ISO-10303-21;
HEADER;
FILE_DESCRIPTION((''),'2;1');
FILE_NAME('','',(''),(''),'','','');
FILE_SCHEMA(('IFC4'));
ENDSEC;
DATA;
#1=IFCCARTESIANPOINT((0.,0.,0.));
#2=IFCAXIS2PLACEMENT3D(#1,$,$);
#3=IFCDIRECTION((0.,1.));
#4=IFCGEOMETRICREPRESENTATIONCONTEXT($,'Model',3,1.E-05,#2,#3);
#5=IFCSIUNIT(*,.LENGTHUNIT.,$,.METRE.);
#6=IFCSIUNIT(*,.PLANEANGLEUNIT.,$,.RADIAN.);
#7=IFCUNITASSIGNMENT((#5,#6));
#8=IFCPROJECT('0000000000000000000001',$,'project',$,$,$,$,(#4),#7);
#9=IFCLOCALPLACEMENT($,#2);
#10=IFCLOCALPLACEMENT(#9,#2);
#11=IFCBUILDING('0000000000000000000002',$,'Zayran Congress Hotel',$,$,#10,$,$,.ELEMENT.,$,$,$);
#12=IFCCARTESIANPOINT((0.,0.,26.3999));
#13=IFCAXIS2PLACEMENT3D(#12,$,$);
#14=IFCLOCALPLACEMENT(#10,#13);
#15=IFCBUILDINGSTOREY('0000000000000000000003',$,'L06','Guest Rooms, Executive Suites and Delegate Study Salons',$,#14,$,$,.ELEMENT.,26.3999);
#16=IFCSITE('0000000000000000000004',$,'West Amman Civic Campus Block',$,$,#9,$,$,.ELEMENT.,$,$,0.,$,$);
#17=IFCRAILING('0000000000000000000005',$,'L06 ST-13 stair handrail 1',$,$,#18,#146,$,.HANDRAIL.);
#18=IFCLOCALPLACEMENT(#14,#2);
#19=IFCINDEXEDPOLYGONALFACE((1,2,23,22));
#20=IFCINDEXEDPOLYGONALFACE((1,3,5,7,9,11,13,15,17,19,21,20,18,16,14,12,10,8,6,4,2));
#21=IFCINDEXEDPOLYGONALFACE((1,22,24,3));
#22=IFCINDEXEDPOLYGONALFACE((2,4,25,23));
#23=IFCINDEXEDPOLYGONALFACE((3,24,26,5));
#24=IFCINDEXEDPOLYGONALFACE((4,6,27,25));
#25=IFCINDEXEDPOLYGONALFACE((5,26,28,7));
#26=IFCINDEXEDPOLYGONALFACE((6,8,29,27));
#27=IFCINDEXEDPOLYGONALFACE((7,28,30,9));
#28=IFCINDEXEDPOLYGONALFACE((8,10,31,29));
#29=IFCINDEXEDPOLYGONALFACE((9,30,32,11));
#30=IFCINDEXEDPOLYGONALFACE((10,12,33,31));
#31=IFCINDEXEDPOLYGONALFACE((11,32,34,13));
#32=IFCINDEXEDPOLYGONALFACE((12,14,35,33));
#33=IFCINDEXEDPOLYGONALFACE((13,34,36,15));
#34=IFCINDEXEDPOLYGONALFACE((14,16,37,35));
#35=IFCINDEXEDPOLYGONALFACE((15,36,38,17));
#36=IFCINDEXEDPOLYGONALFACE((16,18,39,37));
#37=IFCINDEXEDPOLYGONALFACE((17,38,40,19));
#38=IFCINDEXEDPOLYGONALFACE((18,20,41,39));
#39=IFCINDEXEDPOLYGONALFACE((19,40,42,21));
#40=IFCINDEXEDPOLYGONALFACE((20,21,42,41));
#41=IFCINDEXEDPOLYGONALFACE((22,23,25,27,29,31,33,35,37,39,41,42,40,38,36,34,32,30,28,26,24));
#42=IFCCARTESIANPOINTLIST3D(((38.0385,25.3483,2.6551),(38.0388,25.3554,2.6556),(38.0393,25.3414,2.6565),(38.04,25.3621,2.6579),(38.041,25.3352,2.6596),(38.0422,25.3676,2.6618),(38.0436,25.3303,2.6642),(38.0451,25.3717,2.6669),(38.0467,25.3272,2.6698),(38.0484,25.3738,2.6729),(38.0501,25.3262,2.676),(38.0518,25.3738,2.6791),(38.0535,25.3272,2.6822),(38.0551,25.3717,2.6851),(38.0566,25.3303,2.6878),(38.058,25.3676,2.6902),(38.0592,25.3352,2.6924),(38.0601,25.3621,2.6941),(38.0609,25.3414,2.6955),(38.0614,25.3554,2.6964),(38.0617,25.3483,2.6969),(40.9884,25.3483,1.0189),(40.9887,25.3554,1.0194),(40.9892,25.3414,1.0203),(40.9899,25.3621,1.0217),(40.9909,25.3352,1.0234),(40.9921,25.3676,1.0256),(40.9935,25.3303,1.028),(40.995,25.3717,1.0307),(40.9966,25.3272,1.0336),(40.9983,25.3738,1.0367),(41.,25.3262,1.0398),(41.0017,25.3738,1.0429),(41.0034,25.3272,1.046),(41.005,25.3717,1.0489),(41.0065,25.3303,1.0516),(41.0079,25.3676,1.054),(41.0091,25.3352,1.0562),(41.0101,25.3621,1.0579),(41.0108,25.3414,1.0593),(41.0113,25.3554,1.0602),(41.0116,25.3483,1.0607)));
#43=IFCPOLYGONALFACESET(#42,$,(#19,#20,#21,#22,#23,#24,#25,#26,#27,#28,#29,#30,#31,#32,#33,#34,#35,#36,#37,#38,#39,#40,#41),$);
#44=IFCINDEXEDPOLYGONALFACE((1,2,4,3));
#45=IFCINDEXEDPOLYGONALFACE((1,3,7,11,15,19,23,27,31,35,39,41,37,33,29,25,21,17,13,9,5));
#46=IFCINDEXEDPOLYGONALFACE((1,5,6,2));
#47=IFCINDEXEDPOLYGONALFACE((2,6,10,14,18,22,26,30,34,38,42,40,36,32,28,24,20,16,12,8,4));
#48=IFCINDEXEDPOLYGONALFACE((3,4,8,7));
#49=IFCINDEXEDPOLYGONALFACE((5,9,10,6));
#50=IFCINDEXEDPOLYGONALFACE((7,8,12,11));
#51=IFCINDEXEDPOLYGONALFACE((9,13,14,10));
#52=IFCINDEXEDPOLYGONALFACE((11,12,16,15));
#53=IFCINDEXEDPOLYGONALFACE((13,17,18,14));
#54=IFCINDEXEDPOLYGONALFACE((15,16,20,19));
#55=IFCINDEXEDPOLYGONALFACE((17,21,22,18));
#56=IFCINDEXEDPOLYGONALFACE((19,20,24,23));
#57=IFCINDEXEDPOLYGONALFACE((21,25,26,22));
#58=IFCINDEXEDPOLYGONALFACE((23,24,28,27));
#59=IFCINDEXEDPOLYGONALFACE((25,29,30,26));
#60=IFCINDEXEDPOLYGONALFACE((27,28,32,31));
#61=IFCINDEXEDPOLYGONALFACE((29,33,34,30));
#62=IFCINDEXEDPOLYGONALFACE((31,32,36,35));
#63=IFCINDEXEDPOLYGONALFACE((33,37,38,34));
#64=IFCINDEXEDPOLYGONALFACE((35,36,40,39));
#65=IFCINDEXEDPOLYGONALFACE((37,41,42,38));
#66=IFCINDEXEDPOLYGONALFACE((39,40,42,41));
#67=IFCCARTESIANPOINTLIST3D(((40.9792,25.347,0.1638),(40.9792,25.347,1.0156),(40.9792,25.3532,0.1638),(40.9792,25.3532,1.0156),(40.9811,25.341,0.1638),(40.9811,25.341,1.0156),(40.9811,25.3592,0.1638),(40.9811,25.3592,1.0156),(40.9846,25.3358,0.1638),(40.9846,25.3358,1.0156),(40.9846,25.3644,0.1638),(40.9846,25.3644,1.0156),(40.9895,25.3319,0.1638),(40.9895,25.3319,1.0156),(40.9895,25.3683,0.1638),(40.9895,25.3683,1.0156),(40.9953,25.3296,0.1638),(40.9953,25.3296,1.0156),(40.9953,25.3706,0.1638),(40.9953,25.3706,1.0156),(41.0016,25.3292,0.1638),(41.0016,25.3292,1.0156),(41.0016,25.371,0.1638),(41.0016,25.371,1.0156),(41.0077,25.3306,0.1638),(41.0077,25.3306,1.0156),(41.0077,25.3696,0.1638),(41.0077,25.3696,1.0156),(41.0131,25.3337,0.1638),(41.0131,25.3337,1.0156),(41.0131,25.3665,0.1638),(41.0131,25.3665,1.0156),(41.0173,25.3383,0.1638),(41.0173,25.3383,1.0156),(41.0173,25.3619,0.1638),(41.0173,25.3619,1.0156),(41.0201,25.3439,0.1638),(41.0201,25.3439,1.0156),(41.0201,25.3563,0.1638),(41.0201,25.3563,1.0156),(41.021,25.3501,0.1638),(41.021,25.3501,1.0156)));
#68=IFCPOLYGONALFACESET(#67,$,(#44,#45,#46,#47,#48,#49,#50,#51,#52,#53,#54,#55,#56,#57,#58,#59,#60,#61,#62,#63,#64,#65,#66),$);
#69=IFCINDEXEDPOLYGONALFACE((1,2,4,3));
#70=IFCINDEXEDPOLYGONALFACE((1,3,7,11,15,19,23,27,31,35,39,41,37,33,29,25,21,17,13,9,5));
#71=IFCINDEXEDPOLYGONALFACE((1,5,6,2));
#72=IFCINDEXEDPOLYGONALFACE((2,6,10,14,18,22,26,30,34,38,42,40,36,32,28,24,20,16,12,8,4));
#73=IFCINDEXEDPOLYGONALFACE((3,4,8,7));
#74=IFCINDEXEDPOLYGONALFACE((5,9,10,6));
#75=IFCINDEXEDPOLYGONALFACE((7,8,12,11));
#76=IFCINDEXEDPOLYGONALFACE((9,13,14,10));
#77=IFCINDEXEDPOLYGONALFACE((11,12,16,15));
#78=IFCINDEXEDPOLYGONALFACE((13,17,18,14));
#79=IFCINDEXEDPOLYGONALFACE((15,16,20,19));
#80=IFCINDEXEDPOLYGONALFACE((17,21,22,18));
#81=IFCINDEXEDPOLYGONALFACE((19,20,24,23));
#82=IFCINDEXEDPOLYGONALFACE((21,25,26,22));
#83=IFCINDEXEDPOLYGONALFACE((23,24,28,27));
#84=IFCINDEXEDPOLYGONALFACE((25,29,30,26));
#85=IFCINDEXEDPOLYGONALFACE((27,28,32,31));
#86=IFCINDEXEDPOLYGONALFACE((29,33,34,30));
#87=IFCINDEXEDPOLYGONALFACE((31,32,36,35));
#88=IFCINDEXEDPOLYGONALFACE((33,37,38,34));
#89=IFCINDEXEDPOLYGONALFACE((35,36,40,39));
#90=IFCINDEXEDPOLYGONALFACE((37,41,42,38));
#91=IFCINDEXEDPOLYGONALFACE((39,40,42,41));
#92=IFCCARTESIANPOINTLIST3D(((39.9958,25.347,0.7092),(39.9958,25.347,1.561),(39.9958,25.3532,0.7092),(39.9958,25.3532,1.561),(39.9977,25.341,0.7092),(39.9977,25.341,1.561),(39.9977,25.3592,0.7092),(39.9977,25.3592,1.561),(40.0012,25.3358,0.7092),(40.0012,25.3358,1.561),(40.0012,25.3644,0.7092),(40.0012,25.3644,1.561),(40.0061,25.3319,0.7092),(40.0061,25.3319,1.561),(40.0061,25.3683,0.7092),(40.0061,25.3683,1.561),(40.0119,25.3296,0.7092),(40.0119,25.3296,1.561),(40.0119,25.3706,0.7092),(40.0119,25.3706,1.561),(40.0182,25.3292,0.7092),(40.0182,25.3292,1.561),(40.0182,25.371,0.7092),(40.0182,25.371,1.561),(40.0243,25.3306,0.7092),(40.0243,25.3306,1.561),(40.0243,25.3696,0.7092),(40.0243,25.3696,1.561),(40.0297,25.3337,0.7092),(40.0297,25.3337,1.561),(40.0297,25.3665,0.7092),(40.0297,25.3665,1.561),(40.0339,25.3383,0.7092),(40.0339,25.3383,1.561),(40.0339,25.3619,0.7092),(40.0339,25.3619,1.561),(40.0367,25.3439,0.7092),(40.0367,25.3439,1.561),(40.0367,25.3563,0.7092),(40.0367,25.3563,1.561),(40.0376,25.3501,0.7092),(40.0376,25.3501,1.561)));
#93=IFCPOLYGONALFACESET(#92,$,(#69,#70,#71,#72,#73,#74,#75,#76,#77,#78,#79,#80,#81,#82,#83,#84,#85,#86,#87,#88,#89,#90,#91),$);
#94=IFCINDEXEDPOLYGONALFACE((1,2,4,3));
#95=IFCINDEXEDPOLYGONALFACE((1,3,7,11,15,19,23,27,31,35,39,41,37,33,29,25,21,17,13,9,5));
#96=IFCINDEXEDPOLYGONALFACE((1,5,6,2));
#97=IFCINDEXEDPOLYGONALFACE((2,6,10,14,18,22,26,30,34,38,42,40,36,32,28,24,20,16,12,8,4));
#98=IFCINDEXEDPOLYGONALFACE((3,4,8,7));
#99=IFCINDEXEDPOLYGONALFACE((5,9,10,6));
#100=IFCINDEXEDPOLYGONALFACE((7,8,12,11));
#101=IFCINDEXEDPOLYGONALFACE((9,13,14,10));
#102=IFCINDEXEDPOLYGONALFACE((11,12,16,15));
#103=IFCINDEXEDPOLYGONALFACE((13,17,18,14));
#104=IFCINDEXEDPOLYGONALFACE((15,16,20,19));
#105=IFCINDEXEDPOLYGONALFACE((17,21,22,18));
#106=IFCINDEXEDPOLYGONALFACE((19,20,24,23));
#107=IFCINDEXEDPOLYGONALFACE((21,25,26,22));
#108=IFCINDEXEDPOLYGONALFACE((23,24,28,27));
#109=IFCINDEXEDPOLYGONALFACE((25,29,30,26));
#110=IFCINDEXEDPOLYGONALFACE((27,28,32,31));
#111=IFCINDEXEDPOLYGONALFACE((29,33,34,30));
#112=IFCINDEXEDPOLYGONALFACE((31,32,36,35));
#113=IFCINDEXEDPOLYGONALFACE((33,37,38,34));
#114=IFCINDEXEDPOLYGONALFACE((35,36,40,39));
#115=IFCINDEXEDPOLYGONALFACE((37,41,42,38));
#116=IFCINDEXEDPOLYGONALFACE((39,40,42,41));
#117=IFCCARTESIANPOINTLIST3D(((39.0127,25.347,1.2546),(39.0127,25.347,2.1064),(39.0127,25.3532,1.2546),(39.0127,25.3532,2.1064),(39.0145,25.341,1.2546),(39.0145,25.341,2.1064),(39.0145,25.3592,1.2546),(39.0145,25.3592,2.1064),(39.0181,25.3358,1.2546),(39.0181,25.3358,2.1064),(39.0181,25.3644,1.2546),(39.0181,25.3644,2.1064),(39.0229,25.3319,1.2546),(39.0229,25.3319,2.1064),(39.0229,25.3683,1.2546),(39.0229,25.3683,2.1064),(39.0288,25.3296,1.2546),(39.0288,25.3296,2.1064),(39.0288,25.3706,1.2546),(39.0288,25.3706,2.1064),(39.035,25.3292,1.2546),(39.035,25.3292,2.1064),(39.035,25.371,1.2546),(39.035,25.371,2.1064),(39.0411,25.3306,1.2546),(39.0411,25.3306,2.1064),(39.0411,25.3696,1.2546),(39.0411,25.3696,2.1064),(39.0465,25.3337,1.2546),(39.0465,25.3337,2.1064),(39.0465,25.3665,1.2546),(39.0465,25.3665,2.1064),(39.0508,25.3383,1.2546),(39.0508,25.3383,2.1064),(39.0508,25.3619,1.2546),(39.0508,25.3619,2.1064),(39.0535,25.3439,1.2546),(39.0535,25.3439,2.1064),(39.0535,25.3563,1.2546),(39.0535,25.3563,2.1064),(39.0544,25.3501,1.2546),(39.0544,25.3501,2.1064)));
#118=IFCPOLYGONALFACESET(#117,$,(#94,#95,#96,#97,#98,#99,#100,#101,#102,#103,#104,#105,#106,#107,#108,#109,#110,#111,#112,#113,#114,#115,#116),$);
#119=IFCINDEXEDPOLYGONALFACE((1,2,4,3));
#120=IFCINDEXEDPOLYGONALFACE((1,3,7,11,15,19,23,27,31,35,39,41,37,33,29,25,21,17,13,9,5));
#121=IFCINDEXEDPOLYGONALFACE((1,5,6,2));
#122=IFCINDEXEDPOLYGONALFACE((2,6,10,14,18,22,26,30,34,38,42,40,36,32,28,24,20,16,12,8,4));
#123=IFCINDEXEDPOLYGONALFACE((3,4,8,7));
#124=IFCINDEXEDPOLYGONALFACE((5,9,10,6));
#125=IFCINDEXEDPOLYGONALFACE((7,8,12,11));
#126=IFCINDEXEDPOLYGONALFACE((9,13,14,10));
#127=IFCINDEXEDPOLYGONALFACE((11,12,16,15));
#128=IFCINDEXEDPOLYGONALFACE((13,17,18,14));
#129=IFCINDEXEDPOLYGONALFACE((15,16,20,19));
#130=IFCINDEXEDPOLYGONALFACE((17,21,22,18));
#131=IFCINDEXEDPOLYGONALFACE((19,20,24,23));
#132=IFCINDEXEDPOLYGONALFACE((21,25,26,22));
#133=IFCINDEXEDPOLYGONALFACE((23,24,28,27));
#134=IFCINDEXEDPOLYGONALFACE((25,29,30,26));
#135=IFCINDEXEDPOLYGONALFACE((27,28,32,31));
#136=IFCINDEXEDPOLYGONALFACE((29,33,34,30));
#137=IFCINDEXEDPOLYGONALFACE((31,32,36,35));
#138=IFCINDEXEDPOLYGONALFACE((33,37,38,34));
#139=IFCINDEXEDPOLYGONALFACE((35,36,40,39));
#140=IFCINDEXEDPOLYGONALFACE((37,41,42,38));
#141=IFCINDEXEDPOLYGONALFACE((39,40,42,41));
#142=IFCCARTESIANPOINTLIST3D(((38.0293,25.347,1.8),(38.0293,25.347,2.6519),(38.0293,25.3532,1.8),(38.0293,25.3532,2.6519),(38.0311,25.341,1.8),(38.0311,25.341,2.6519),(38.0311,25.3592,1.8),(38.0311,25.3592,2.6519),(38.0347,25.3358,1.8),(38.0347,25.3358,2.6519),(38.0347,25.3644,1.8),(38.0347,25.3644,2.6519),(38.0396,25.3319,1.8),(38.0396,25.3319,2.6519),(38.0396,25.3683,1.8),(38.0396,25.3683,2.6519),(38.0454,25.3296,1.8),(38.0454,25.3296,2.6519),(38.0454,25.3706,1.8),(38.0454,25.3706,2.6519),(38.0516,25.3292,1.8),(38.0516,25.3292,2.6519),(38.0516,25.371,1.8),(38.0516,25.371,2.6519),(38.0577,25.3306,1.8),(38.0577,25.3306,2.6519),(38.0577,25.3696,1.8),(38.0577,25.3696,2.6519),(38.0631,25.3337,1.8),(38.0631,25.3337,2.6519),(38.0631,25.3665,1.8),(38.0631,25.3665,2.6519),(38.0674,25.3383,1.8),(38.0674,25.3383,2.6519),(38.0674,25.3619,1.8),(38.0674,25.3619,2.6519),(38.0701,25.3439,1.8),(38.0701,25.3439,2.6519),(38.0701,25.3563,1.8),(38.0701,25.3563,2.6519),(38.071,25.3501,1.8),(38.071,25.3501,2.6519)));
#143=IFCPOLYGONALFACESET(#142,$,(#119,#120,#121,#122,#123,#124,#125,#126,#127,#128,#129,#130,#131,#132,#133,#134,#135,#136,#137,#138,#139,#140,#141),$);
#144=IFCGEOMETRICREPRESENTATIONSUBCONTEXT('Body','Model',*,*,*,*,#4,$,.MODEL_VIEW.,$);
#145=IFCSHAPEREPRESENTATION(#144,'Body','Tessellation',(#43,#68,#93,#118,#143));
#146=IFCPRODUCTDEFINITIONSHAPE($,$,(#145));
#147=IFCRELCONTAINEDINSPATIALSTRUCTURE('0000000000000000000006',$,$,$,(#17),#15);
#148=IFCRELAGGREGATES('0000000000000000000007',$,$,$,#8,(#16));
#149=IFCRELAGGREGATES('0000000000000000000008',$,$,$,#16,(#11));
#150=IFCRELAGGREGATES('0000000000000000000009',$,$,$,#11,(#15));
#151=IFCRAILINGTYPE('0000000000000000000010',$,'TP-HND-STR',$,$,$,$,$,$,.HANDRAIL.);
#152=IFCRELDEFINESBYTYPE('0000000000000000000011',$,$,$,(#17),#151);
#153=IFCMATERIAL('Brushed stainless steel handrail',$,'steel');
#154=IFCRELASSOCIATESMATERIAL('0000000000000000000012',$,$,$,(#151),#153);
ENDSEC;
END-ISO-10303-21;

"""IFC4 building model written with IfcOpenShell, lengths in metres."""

from ifc_helpers import new_model, si_unit, direction, frame, origin, origin_2d, place, context, subcontext, project, spatial, circle, extrude, material, type_object, element, save


model = new_model("IFC4")

# Units and contexts
model_context = context("Model", 3, precision=1e-05, world=origin(), true_north=direction((0.0, 1.0)))
body_context = subcontext(model_context, "Body", "Model", "MODEL_VIEW")
ifc_project = project(units=[si_unit("LENGTHUNIT", "METRE"), si_unit("PLANEANGLEUNIT", "RADIAN")], contexts=[model_context])

# Site, building, storey
site_placement = place(None, origin())
site = spatial("IfcSite", under=ifc_project, at=site_placement, Name="West Amman Civic Campus Block", CompositionType="ELEMENT", RefElevation=0.0)
building_placement = place(site_placement, origin())
building = spatial("IfcBuilding", under=site, at=building_placement, Name="Zayran Congress Hotel", CompositionType="ELEMENT")
storey_placement = place(building_placement, frame((0.0, 0.0, 26.3999)))
storey = spatial("IfcBuildingStorey", under=building, at=storey_placement, Name="L06", Description="Guest Rooms, Executive Suites and Delegate Study Salons", CompositionType="ELEMENT", Elevation=26.3999)

# Railing
ifc_material_1 = material(Name="Brushed stainless steel handrail", Category="steel")
railing_type_1 = type_object("IfcRailingType", Name="TP-HND-STR", PredefinedType="HANDRAIL", material=ifc_material_1)
railing_1_placement = place(storey_placement, frame((41.0, 25.3501, 0.1638)))
element("IfcRailing", 1, at=railing_1_placement, inside=storey, type_object=railing_type_1, Name="L06 ST-13 stair handrail 1", PredefinedType="HANDRAIL", context=body_context, shape_type="SweptSolid", body=[
    extrude(circle(Radius=0.0239, at=origin_2d()), frame((0.0, 0.0, 0.876), z_axis=(-0.874488, 0.0, 0.485047), x_axis=(0.0, -1.0, 0.0)), (0.0, 0.0, 1.0), 3.3733),
    extrude(circle(Radius=0.021, at=origin_2d()), origin(), (0.0, 0.0, 1.0), 0.8518),
    extrude(circle(Radius=0.021, at=origin_2d()), frame((-0.9834, 0.0, 0.5454)), (0.0, 0.0, 1.0), 0.8518),
    extrude(circle(Radius=0.021, at=origin_2d()), frame((-1.9666, 0.0, 1.0908)), (0.0, 0.0, 1.0), 0.8518),
    extrude(circle(Radius=0.021, at=origin_2d()), frame((-2.95, 0.0, 1.6362)), (0.0, 0.0, 1.0), 0.8518),
])

save(model, "model.ifc")
